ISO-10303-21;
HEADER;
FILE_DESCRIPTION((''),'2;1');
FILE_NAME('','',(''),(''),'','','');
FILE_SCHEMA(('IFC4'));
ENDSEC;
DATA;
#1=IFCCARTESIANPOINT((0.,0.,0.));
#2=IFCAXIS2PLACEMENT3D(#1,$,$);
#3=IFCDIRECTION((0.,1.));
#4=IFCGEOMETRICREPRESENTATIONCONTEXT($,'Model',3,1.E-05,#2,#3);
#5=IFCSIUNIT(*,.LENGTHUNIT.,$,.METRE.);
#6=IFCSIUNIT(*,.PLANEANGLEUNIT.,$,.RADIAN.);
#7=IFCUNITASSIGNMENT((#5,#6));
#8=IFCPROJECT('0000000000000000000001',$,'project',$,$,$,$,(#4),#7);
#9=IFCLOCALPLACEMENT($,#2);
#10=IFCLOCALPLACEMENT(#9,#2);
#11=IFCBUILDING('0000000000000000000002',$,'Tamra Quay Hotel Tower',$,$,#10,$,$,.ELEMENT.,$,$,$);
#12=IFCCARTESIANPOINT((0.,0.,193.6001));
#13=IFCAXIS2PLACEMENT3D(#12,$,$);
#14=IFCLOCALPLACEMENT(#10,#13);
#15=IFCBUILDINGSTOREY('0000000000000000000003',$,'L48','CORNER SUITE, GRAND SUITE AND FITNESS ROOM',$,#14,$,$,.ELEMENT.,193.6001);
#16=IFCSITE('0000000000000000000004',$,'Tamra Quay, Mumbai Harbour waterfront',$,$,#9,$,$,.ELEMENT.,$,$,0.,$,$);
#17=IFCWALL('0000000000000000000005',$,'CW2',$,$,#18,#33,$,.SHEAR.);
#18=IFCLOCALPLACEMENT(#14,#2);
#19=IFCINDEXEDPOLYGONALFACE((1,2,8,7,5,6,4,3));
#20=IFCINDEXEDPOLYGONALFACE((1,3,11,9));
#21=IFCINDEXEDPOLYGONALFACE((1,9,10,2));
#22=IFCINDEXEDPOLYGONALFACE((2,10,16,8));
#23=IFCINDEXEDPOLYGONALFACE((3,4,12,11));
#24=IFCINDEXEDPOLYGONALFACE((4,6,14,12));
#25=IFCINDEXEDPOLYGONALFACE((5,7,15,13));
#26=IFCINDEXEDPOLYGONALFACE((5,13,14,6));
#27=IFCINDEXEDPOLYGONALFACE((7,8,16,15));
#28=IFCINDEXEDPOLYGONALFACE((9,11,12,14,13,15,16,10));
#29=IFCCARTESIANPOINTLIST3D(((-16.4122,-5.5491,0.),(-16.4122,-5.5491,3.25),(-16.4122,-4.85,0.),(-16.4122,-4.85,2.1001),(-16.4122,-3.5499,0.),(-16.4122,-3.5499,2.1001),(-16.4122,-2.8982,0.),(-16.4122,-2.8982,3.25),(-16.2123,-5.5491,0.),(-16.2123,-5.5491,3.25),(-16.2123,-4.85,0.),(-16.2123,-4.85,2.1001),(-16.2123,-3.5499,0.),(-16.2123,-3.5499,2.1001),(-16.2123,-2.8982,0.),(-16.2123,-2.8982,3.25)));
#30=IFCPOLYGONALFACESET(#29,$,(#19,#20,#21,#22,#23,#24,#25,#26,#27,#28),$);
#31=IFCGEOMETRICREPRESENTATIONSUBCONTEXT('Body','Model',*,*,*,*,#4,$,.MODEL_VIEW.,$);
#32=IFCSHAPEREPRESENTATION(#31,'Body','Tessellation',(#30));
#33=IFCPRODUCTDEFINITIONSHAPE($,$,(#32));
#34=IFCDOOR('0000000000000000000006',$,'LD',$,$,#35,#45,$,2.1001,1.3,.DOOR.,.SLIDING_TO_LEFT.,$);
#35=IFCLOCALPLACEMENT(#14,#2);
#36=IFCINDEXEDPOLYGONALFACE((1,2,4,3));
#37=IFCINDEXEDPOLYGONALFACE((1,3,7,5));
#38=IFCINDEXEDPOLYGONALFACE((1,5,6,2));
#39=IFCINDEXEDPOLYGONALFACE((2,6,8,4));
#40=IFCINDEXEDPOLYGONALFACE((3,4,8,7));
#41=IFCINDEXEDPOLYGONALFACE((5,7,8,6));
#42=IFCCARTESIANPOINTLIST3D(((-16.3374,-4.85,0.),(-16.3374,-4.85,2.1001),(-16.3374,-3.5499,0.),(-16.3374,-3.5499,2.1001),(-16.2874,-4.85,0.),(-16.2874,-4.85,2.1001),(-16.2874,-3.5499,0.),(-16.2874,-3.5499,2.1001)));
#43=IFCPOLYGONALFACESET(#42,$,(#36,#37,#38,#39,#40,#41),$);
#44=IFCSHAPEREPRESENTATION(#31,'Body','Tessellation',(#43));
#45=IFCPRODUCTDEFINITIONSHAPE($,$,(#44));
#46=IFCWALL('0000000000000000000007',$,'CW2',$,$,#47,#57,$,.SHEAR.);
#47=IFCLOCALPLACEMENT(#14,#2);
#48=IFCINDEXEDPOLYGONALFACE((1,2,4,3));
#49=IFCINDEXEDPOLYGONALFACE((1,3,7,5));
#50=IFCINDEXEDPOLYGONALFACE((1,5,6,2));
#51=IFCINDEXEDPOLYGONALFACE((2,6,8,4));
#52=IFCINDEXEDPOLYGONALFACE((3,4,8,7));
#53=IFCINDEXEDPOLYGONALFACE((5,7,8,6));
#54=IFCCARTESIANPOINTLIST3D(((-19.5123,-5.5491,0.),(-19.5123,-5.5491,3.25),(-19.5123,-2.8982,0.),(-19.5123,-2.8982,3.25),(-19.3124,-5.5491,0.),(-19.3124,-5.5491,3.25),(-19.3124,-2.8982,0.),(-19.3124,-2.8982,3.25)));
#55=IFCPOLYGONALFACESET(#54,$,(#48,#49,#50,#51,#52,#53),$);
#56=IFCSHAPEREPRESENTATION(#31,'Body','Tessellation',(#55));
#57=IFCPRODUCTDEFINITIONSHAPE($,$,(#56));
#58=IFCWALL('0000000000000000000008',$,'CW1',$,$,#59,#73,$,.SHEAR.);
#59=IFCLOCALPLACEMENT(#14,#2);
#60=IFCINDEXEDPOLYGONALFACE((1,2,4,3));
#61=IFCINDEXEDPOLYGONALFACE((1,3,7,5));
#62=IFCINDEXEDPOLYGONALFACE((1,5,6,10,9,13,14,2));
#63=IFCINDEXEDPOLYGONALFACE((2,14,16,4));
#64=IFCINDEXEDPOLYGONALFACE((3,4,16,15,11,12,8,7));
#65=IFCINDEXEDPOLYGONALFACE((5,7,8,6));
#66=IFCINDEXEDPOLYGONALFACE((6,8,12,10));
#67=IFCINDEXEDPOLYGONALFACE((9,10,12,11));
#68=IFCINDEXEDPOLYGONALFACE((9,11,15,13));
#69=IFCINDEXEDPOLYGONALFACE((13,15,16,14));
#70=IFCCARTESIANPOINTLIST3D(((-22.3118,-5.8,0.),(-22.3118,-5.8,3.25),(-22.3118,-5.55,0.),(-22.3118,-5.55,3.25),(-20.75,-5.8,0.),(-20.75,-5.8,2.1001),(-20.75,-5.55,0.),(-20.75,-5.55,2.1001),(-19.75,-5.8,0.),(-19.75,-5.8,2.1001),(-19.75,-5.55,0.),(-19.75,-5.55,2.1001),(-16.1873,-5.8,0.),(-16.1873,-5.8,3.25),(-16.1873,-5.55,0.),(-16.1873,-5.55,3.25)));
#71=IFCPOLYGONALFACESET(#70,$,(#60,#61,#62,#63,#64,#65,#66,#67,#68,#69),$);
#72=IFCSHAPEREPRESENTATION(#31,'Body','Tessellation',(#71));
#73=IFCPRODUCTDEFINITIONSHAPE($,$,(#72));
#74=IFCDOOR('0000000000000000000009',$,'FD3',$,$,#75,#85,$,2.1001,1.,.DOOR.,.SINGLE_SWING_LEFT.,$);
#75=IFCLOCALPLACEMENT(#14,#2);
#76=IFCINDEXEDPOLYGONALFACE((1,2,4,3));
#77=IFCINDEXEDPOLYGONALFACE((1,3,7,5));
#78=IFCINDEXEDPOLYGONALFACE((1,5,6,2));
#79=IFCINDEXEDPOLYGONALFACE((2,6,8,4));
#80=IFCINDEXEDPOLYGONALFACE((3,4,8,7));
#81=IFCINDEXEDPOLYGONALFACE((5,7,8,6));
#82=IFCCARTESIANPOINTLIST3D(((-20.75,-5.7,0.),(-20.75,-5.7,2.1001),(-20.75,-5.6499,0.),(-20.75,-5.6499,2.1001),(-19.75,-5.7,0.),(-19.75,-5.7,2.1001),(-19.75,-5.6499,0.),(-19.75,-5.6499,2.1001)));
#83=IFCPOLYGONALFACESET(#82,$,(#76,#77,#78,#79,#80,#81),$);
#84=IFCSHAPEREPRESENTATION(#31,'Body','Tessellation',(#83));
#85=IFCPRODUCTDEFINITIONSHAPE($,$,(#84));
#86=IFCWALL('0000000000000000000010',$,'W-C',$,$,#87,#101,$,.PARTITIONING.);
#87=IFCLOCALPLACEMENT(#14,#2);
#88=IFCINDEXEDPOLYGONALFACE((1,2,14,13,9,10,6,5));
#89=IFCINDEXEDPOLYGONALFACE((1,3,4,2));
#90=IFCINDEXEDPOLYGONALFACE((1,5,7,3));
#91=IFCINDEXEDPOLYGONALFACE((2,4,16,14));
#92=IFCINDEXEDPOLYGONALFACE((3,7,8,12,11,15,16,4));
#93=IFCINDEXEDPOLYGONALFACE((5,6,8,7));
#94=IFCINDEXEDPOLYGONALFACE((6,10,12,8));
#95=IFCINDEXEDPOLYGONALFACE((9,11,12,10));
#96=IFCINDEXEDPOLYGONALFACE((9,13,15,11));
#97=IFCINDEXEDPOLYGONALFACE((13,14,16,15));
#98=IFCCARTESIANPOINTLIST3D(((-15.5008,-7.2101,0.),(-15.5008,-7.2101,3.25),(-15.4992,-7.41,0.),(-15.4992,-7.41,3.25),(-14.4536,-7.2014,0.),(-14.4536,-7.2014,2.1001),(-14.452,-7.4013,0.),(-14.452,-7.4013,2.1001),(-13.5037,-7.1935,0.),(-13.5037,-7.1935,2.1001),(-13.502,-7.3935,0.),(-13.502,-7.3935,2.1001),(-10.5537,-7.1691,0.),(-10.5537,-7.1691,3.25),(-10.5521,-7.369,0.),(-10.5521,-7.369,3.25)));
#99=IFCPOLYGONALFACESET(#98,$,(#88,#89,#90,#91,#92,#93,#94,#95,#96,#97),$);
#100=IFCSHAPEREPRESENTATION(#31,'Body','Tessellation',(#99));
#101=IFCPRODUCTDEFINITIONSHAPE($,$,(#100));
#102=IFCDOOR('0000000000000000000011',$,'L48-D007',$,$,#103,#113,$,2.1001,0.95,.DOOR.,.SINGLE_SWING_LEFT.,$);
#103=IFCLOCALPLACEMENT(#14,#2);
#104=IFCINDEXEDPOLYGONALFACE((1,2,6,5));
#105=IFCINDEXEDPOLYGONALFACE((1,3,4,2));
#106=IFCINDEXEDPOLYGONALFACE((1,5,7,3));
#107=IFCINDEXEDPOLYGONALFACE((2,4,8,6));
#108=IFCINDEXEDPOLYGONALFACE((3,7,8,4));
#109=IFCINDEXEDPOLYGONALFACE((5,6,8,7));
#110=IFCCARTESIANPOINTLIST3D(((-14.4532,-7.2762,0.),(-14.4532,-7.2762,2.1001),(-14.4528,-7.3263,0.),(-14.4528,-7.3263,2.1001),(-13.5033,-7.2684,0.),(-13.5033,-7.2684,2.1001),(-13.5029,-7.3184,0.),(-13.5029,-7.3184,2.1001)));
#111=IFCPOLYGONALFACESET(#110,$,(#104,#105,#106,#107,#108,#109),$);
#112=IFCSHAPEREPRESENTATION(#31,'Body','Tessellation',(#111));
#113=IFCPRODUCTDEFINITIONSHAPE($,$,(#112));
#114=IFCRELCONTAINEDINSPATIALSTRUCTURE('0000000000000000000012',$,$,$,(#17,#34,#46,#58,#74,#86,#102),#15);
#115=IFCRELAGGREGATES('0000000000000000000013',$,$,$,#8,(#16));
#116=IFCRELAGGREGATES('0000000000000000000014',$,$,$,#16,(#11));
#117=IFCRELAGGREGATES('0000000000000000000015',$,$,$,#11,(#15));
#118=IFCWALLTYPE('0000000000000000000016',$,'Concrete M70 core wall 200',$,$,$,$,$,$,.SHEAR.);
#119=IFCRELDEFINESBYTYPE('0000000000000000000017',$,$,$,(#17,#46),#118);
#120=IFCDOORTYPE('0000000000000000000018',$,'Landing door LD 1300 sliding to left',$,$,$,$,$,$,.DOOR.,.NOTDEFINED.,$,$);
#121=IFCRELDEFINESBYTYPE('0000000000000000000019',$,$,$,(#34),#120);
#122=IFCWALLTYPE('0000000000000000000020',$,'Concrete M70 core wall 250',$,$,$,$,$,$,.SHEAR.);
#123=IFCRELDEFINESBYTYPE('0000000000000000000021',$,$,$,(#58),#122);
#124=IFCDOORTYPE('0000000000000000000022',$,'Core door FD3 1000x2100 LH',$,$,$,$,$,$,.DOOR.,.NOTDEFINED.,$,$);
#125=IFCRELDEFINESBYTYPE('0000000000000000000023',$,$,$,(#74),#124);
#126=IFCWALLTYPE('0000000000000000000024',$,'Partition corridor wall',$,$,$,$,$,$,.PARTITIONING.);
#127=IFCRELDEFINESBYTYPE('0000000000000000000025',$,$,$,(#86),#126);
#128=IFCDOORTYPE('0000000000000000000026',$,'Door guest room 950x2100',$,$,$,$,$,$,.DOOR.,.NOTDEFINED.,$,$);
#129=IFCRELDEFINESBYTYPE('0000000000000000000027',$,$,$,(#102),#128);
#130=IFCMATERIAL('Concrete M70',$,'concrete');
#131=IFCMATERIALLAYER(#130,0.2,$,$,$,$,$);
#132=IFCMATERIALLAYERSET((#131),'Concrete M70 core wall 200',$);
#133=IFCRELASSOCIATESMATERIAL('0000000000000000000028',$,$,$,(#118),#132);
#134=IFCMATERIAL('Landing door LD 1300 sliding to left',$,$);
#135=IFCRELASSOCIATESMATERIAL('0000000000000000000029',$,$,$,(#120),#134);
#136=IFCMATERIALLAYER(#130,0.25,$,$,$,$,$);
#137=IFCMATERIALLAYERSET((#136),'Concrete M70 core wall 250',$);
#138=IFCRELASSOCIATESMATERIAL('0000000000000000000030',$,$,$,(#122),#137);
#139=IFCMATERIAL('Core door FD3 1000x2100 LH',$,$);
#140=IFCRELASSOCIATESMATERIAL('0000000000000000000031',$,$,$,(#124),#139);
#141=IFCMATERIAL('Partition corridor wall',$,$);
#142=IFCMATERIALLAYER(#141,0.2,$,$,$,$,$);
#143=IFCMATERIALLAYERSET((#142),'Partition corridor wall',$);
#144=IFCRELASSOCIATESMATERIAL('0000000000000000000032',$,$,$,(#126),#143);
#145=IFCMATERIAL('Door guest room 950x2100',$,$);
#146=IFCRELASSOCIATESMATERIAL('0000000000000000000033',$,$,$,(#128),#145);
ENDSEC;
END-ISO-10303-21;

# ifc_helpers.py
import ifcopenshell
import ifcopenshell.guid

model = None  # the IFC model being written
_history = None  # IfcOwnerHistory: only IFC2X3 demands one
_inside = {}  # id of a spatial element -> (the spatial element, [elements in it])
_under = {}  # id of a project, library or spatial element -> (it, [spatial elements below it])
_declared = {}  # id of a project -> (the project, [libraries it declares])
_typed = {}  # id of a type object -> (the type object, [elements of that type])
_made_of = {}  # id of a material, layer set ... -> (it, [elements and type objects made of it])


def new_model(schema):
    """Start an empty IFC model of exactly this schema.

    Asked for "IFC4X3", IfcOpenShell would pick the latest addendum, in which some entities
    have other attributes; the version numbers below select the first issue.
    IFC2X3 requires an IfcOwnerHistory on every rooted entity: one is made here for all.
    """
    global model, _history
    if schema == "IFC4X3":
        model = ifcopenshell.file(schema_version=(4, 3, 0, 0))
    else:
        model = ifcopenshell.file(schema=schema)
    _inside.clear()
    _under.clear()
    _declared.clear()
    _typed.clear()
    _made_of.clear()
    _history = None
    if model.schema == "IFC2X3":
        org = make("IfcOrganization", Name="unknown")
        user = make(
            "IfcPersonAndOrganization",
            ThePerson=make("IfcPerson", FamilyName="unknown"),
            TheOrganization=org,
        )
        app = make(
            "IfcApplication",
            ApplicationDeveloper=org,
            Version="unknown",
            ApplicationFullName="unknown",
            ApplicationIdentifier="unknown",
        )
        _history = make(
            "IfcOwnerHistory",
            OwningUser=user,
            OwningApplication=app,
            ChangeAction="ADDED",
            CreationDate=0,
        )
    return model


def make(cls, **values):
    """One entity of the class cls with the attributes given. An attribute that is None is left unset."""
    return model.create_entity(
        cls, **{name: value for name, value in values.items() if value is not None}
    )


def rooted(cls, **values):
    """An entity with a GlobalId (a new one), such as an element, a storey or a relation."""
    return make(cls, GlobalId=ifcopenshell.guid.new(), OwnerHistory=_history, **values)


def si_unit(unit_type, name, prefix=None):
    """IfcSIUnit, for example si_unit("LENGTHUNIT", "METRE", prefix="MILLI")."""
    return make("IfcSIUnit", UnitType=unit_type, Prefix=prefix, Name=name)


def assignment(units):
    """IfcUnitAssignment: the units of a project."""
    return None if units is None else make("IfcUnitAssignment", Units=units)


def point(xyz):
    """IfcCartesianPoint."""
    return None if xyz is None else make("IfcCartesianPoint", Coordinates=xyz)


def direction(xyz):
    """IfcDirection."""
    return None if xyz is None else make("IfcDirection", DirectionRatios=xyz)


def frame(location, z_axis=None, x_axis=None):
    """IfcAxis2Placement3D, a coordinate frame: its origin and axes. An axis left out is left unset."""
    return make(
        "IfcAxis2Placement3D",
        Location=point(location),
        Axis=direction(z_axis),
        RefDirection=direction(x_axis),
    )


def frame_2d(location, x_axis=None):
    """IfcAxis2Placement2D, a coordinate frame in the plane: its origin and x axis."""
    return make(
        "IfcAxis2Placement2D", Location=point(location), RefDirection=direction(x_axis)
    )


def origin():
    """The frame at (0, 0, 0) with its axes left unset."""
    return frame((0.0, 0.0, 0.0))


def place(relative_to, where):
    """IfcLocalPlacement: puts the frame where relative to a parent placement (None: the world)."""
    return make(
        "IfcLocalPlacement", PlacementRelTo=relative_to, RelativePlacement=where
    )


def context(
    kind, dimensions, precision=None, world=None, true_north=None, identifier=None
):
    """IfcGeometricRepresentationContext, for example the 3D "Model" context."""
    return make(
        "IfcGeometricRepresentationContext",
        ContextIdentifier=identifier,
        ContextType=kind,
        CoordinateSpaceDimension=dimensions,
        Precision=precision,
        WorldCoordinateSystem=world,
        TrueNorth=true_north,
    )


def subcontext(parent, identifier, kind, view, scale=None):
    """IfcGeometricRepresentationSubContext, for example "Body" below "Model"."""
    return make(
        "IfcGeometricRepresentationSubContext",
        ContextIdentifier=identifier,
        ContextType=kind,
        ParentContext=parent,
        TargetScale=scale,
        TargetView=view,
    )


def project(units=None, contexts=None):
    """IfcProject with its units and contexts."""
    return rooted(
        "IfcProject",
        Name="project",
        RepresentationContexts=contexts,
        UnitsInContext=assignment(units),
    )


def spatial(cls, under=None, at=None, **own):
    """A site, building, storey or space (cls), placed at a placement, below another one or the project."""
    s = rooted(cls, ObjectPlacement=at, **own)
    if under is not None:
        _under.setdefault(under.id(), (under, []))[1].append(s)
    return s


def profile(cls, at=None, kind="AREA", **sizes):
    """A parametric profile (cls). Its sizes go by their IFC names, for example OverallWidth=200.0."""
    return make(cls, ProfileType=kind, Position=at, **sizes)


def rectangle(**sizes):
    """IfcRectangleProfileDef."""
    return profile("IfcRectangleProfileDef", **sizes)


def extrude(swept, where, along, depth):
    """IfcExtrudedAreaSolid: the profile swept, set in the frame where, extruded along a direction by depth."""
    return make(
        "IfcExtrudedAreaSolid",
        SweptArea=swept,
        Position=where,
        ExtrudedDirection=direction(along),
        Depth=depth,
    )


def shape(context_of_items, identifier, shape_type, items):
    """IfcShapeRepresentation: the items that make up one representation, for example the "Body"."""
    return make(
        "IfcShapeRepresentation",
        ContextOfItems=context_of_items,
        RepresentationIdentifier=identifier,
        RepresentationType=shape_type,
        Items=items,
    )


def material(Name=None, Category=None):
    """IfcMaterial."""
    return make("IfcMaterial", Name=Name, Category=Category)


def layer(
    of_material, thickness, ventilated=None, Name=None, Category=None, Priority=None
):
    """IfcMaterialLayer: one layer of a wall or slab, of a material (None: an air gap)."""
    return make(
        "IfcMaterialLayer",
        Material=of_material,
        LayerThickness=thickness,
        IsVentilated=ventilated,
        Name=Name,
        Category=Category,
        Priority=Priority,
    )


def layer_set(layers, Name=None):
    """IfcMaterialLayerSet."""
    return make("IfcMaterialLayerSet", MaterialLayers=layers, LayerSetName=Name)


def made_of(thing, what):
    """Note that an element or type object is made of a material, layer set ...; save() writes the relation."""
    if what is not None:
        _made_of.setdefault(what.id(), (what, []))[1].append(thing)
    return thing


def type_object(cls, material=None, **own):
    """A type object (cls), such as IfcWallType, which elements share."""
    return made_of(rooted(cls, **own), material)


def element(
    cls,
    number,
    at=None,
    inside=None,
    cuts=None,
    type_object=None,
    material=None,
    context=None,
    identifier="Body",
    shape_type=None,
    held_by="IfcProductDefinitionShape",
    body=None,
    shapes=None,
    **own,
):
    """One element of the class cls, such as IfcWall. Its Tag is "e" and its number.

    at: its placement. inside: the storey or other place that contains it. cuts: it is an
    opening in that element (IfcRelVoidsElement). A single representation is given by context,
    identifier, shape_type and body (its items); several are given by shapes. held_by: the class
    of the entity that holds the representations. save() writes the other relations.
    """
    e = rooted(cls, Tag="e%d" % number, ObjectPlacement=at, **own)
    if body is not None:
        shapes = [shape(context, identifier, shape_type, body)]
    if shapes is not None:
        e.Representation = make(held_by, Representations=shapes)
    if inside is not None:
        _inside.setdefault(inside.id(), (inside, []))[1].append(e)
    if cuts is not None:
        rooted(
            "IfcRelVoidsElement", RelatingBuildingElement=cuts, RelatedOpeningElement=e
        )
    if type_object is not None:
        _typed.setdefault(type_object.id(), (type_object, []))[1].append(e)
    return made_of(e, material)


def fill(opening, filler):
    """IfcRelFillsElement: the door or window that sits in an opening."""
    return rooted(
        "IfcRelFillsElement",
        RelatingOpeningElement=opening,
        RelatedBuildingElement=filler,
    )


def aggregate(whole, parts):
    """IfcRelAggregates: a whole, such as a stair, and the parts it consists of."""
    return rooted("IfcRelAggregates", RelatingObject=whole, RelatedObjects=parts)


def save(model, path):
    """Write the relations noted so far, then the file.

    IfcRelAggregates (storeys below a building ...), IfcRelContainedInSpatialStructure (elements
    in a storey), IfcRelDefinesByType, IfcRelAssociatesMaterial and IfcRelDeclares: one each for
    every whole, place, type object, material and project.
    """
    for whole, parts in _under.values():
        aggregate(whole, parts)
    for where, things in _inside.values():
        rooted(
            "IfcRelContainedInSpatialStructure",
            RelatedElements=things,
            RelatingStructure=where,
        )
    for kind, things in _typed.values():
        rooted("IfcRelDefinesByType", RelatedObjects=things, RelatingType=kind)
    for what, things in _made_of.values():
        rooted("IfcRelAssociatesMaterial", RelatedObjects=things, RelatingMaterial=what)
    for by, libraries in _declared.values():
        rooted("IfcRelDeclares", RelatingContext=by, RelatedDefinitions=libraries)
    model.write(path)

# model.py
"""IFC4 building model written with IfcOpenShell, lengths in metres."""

from ifc_helpers import new_model, si_unit, direction, frame, frame_2d, origin, place, context, subcontext, project, spatial, rectangle, extrude, material, layer, layer_set, type_object, element, fill, save


model = new_model("IFC4")

# Units and contexts
model_context = context("Model", 3, precision=1e-05, world=origin(), true_north=direction((0.0, 1.0)))
body_context = subcontext(model_context, "Body", "Model", "MODEL_VIEW")
ifc_project = project(units=[si_unit("LENGTHUNIT", "METRE"), si_unit("PLANEANGLEUNIT", "RADIAN")], contexts=[model_context])

# Site, building, storey
site_placement = place(None, origin())
site = spatial("IfcSite", under=ifc_project, at=site_placement, Name="Tamra Quay, Mumbai Harbour waterfront", CompositionType="ELEMENT", RefElevation=0.0)
building_placement = place(site_placement, origin())
building = spatial("IfcBuilding", under=site, at=building_placement, Name="Tamra Quay Hotel Tower", CompositionType="ELEMENT")
storey_placement = place(building_placement, frame((0.0, 0.0, 193.6001)))
storey = spatial("IfcBuildingStorey", under=building, at=storey_placement, Name="L48", Description="CORNER SUITE, GRAND SUITE AND FITNESS ROOM", CompositionType="ELEMENT", Elevation=193.6001)

# Shared definitions
ifc_material_1 = material(Name="Concrete M70", Category="concrete")

# Shared definitions
ifc_layer_1 = layer(ifc_material_1, 0.2)
ifc_layer_set_1 = layer_set([ifc_layer_1], Name="Concrete M70 core wall 200")
wall_type_1 = type_object("IfcWallType", Name="Concrete M70 core wall 200", PredefinedType="SHEAR", material=ifc_layer_set_1)

# Wall, opening, door
wall_1_placement = place(storey_placement, frame((-16.3123, -2.8982, 0.0), z_axis=(0.0, 0.0, 1.0), x_axis=(0.0, -1.0, 0.0)))
wall_1 = element("IfcWall", 1, at=wall_1_placement, inside=storey, type_object=wall_type_1, Name="CW2", PredefinedType="SHEAR", context=body_context, shape_type="SweptSolid", body=[
    extrude(rectangle(XDim=2.6509, YDim=0.2, at=frame_2d((1.3254, 0.0))), origin(), (0.0, 0.0, 1.0), 3.25),
])
opening_1_placement = place(wall_1_placement, frame((0.6519, 0.0, 0.0)))
opening_1 = element("IfcOpeningElement", 2, at=opening_1_placement, cuts=wall_1, PredefinedType="OPENING", context=body_context, shape_type="SweptSolid", body=[
    extrude(rectangle(XDim=1.3, YDim=2.1001, at=frame_2d((0.6499, 1.05))), frame((0.0, 0.1099, 0.0), z_axis=(0.0, -1.0, 0.0), x_axis=(1.0, 0.0, 0.0)), (0.0, 0.0, 1.0), 0.22),
])
ifc_material_2 = material(Name="Landing door LD 1300 sliding to left")
door_type_1 = type_object("IfcDoorType", Name="Landing door LD 1300 sliding to left", OperationType="NOTDEFINED", PredefinedType="DOOR", material=ifc_material_2)
door_1_placement = place(opening_1_placement, origin())
door_1 = element("IfcDoor", 3, at=door_1_placement, inside=storey, type_object=door_type_1, Name="LD", OperationType="SLIDING_TO_LEFT", OverallHeight=2.1001, OverallWidth=1.3, PredefinedType="DOOR", context=body_context, shape_type="SweptSolid", body=[
    extrude(rectangle(XDim=1.3, YDim=2.1001, at=frame_2d((0.6499, 1.05))), frame((0.0, 0.0249, 0.0), z_axis=(0.0, -1.0, 0.0), x_axis=(1.0, 0.0, 0.0)), (0.0, 0.0, 1.0), 0.05),
])
fill(opening_1, door_1)

# Wall
wall_2_placement = place(storey_placement, frame((-19.4124, -5.5491, 0.0), z_axis=(0.0, 0.0, 1.0), x_axis=(0.0, 1.0, 0.0)))
element("IfcWall", 4, at=wall_2_placement, inside=storey, type_object=wall_type_1, Name="CW2", PredefinedType="SHEAR", context=body_context, shape_type="SweptSolid", body=[
    extrude(rectangle(XDim=2.6509, YDim=0.2, at=frame_2d((1.3254, 0.0))), origin(), (0.0, 0.0, 1.0), 3.25),
])

# Walls, openings, doors
ifc_layer_2 = layer(ifc_material_1, 0.25)
ifc_layer_set_2 = layer_set([ifc_layer_2], Name="Concrete M70 core wall 250")
wall_type_2 = type_object("IfcWallType", Name="Concrete M70 core wall 250", PredefinedType="SHEAR", material=ifc_layer_set_2)
wall_3_placement = place(storey_placement, frame((-16.1873, -5.675, 0.0), z_axis=(0.0, 0.0, 1.0), x_axis=(-1.0, 0.0, 0.0)))
wall_3 = element("IfcWall", 5, at=wall_3_placement, inside=storey, type_object=wall_type_2, Name="CW1", PredefinedType="SHEAR", context=body_context, shape_type="SweptSolid", body=[
    extrude(rectangle(XDim=6.1245, YDim=0.25, at=frame_2d((3.0623, 0.0))), origin(), (0.0, 0.0, 1.0), 3.25),
])
opening_2_placement = place(wall_3_placement, frame((3.5627, 0.0, 0.0)))
opening_2 = element("IfcOpeningElement", 6, at=opening_2_placement, cuts=wall_3, PredefinedType="OPENING", context=body_context, shape_type="SweptSolid", body=[
    extrude(rectangle(XDim=1.0, YDim=2.1001, at=frame_2d((0.5, 1.05))), frame((0.0, 0.135, 0.0), z_axis=(0.0, -1.0, 0.0), x_axis=(1.0, 0.0, 0.0)), (0.0, 0.0, 1.0), 0.27),
])
ifc_material_3 = material(Name="Core door FD3 1000x2100 LH")
door_type_2 = type_object("IfcDoorType", Name="Core door FD3 1000x2100 LH", OperationType="NOTDEFINED", PredefinedType="DOOR", material=ifc_material_3)
door_2_placement = place(opening_2_placement, origin())
door_2 = element("IfcDoor", 7, at=door_2_placement, inside=storey, type_object=door_type_2, Name="FD3", OperationType="SINGLE_SWING_LEFT", OverallHeight=2.1001, OverallWidth=1.0, PredefinedType="DOOR", context=body_context, shape_type="SweptSolid", body=[
    extrude(rectangle(XDim=1.0, YDim=2.1001, at=frame_2d((0.5, 1.05))), frame((0.0, 0.0249, 0.0), z_axis=(0.0, -1.0, 0.0), x_axis=(1.0, 0.0, 0.0)), (0.0, 0.0, 1.0), 0.05),
])
fill(opening_2, door_2)
ifc_material_4 = material(Name="Partition corridor wall")
ifc_layer_3 = layer(ifc_material_4, 0.2)
ifc_layer_set_3 = layer_set([ifc_layer_3], Name="Partition corridor wall")
wall_type_3 = type_object("IfcWallType", Name="Partition corridor wall", PredefinedType="PARTITIONING", material=ifc_layer_set_3)
wall_4_placement = place(storey_placement, frame((-15.5, -7.3101, 0.0), z_axis=(0.0, 0.0, 1.0), x_axis=(0.999966, 0.008291, 0.0)))
wall_4 = element("IfcWall", 8, at=wall_4_placement, inside=storey, type_object=wall_type_3, Name="W-C", PredefinedType="PARTITIONING", context=body_context, shape_type="SweptSolid", body=[
    extrude(rectangle(XDim=4.9473, YDim=0.2, at=frame_2d((2.4736, 0.0))), origin(), (0.0, 0.0, 1.0), 3.25),
])
opening_3_placement = place(wall_4_placement, frame((1.0471, 0.0, 0.0)))
opening_3 = element("IfcOpeningElement", 9, at=opening_3_placement, cuts=wall_4, PredefinedType="OPENING", context=body_context, shape_type="SweptSolid", body=[
    extrude(rectangle(XDim=0.95, YDim=2.1001, at=frame_2d((0.4751, 1.05))), frame((0.0, 0.1099, 0.0), z_axis=(0.0, -1.0, 0.0), x_axis=(1.0, 0.0, 0.0)), (0.0, 0.0, 1.0), 0.22),
])
ifc_material_5 = material(Name="Door guest room 950x2100")
door_type_3 = type_object("IfcDoorType", Name="Door guest room 950x2100", OperationType="NOTDEFINED", PredefinedType="DOOR", material=ifc_material_5)
door_3_placement = place(opening_3_placement, frame((0.95, 0.0, 0.0), z_axis=(0.0, 0.0, 1.0), x_axis=(-1.0, 0.0, 0.0)))
door_3 = element("IfcDoor", 10, at=door_3_placement, inside=storey, type_object=door_type_3, Name="L48-D007", OperationType="SINGLE_SWING_LEFT", OverallHeight=2.1001, OverallWidth=0.95, PredefinedType="DOOR", context=body_context, shape_type="SweptSolid", body=[
    extrude(rectangle(XDim=0.95, YDim=2.1001, at=frame_2d((0.4751, 1.05))), frame((0.0, 0.0249, 0.0), z_axis=(0.0, -1.0, 0.0), x_axis=(1.0, 0.0, 0.0)), (0.0, 0.0, 1.0), 0.05),
])
fill(opening_3, door_3)

save(model, "model.ifc")
